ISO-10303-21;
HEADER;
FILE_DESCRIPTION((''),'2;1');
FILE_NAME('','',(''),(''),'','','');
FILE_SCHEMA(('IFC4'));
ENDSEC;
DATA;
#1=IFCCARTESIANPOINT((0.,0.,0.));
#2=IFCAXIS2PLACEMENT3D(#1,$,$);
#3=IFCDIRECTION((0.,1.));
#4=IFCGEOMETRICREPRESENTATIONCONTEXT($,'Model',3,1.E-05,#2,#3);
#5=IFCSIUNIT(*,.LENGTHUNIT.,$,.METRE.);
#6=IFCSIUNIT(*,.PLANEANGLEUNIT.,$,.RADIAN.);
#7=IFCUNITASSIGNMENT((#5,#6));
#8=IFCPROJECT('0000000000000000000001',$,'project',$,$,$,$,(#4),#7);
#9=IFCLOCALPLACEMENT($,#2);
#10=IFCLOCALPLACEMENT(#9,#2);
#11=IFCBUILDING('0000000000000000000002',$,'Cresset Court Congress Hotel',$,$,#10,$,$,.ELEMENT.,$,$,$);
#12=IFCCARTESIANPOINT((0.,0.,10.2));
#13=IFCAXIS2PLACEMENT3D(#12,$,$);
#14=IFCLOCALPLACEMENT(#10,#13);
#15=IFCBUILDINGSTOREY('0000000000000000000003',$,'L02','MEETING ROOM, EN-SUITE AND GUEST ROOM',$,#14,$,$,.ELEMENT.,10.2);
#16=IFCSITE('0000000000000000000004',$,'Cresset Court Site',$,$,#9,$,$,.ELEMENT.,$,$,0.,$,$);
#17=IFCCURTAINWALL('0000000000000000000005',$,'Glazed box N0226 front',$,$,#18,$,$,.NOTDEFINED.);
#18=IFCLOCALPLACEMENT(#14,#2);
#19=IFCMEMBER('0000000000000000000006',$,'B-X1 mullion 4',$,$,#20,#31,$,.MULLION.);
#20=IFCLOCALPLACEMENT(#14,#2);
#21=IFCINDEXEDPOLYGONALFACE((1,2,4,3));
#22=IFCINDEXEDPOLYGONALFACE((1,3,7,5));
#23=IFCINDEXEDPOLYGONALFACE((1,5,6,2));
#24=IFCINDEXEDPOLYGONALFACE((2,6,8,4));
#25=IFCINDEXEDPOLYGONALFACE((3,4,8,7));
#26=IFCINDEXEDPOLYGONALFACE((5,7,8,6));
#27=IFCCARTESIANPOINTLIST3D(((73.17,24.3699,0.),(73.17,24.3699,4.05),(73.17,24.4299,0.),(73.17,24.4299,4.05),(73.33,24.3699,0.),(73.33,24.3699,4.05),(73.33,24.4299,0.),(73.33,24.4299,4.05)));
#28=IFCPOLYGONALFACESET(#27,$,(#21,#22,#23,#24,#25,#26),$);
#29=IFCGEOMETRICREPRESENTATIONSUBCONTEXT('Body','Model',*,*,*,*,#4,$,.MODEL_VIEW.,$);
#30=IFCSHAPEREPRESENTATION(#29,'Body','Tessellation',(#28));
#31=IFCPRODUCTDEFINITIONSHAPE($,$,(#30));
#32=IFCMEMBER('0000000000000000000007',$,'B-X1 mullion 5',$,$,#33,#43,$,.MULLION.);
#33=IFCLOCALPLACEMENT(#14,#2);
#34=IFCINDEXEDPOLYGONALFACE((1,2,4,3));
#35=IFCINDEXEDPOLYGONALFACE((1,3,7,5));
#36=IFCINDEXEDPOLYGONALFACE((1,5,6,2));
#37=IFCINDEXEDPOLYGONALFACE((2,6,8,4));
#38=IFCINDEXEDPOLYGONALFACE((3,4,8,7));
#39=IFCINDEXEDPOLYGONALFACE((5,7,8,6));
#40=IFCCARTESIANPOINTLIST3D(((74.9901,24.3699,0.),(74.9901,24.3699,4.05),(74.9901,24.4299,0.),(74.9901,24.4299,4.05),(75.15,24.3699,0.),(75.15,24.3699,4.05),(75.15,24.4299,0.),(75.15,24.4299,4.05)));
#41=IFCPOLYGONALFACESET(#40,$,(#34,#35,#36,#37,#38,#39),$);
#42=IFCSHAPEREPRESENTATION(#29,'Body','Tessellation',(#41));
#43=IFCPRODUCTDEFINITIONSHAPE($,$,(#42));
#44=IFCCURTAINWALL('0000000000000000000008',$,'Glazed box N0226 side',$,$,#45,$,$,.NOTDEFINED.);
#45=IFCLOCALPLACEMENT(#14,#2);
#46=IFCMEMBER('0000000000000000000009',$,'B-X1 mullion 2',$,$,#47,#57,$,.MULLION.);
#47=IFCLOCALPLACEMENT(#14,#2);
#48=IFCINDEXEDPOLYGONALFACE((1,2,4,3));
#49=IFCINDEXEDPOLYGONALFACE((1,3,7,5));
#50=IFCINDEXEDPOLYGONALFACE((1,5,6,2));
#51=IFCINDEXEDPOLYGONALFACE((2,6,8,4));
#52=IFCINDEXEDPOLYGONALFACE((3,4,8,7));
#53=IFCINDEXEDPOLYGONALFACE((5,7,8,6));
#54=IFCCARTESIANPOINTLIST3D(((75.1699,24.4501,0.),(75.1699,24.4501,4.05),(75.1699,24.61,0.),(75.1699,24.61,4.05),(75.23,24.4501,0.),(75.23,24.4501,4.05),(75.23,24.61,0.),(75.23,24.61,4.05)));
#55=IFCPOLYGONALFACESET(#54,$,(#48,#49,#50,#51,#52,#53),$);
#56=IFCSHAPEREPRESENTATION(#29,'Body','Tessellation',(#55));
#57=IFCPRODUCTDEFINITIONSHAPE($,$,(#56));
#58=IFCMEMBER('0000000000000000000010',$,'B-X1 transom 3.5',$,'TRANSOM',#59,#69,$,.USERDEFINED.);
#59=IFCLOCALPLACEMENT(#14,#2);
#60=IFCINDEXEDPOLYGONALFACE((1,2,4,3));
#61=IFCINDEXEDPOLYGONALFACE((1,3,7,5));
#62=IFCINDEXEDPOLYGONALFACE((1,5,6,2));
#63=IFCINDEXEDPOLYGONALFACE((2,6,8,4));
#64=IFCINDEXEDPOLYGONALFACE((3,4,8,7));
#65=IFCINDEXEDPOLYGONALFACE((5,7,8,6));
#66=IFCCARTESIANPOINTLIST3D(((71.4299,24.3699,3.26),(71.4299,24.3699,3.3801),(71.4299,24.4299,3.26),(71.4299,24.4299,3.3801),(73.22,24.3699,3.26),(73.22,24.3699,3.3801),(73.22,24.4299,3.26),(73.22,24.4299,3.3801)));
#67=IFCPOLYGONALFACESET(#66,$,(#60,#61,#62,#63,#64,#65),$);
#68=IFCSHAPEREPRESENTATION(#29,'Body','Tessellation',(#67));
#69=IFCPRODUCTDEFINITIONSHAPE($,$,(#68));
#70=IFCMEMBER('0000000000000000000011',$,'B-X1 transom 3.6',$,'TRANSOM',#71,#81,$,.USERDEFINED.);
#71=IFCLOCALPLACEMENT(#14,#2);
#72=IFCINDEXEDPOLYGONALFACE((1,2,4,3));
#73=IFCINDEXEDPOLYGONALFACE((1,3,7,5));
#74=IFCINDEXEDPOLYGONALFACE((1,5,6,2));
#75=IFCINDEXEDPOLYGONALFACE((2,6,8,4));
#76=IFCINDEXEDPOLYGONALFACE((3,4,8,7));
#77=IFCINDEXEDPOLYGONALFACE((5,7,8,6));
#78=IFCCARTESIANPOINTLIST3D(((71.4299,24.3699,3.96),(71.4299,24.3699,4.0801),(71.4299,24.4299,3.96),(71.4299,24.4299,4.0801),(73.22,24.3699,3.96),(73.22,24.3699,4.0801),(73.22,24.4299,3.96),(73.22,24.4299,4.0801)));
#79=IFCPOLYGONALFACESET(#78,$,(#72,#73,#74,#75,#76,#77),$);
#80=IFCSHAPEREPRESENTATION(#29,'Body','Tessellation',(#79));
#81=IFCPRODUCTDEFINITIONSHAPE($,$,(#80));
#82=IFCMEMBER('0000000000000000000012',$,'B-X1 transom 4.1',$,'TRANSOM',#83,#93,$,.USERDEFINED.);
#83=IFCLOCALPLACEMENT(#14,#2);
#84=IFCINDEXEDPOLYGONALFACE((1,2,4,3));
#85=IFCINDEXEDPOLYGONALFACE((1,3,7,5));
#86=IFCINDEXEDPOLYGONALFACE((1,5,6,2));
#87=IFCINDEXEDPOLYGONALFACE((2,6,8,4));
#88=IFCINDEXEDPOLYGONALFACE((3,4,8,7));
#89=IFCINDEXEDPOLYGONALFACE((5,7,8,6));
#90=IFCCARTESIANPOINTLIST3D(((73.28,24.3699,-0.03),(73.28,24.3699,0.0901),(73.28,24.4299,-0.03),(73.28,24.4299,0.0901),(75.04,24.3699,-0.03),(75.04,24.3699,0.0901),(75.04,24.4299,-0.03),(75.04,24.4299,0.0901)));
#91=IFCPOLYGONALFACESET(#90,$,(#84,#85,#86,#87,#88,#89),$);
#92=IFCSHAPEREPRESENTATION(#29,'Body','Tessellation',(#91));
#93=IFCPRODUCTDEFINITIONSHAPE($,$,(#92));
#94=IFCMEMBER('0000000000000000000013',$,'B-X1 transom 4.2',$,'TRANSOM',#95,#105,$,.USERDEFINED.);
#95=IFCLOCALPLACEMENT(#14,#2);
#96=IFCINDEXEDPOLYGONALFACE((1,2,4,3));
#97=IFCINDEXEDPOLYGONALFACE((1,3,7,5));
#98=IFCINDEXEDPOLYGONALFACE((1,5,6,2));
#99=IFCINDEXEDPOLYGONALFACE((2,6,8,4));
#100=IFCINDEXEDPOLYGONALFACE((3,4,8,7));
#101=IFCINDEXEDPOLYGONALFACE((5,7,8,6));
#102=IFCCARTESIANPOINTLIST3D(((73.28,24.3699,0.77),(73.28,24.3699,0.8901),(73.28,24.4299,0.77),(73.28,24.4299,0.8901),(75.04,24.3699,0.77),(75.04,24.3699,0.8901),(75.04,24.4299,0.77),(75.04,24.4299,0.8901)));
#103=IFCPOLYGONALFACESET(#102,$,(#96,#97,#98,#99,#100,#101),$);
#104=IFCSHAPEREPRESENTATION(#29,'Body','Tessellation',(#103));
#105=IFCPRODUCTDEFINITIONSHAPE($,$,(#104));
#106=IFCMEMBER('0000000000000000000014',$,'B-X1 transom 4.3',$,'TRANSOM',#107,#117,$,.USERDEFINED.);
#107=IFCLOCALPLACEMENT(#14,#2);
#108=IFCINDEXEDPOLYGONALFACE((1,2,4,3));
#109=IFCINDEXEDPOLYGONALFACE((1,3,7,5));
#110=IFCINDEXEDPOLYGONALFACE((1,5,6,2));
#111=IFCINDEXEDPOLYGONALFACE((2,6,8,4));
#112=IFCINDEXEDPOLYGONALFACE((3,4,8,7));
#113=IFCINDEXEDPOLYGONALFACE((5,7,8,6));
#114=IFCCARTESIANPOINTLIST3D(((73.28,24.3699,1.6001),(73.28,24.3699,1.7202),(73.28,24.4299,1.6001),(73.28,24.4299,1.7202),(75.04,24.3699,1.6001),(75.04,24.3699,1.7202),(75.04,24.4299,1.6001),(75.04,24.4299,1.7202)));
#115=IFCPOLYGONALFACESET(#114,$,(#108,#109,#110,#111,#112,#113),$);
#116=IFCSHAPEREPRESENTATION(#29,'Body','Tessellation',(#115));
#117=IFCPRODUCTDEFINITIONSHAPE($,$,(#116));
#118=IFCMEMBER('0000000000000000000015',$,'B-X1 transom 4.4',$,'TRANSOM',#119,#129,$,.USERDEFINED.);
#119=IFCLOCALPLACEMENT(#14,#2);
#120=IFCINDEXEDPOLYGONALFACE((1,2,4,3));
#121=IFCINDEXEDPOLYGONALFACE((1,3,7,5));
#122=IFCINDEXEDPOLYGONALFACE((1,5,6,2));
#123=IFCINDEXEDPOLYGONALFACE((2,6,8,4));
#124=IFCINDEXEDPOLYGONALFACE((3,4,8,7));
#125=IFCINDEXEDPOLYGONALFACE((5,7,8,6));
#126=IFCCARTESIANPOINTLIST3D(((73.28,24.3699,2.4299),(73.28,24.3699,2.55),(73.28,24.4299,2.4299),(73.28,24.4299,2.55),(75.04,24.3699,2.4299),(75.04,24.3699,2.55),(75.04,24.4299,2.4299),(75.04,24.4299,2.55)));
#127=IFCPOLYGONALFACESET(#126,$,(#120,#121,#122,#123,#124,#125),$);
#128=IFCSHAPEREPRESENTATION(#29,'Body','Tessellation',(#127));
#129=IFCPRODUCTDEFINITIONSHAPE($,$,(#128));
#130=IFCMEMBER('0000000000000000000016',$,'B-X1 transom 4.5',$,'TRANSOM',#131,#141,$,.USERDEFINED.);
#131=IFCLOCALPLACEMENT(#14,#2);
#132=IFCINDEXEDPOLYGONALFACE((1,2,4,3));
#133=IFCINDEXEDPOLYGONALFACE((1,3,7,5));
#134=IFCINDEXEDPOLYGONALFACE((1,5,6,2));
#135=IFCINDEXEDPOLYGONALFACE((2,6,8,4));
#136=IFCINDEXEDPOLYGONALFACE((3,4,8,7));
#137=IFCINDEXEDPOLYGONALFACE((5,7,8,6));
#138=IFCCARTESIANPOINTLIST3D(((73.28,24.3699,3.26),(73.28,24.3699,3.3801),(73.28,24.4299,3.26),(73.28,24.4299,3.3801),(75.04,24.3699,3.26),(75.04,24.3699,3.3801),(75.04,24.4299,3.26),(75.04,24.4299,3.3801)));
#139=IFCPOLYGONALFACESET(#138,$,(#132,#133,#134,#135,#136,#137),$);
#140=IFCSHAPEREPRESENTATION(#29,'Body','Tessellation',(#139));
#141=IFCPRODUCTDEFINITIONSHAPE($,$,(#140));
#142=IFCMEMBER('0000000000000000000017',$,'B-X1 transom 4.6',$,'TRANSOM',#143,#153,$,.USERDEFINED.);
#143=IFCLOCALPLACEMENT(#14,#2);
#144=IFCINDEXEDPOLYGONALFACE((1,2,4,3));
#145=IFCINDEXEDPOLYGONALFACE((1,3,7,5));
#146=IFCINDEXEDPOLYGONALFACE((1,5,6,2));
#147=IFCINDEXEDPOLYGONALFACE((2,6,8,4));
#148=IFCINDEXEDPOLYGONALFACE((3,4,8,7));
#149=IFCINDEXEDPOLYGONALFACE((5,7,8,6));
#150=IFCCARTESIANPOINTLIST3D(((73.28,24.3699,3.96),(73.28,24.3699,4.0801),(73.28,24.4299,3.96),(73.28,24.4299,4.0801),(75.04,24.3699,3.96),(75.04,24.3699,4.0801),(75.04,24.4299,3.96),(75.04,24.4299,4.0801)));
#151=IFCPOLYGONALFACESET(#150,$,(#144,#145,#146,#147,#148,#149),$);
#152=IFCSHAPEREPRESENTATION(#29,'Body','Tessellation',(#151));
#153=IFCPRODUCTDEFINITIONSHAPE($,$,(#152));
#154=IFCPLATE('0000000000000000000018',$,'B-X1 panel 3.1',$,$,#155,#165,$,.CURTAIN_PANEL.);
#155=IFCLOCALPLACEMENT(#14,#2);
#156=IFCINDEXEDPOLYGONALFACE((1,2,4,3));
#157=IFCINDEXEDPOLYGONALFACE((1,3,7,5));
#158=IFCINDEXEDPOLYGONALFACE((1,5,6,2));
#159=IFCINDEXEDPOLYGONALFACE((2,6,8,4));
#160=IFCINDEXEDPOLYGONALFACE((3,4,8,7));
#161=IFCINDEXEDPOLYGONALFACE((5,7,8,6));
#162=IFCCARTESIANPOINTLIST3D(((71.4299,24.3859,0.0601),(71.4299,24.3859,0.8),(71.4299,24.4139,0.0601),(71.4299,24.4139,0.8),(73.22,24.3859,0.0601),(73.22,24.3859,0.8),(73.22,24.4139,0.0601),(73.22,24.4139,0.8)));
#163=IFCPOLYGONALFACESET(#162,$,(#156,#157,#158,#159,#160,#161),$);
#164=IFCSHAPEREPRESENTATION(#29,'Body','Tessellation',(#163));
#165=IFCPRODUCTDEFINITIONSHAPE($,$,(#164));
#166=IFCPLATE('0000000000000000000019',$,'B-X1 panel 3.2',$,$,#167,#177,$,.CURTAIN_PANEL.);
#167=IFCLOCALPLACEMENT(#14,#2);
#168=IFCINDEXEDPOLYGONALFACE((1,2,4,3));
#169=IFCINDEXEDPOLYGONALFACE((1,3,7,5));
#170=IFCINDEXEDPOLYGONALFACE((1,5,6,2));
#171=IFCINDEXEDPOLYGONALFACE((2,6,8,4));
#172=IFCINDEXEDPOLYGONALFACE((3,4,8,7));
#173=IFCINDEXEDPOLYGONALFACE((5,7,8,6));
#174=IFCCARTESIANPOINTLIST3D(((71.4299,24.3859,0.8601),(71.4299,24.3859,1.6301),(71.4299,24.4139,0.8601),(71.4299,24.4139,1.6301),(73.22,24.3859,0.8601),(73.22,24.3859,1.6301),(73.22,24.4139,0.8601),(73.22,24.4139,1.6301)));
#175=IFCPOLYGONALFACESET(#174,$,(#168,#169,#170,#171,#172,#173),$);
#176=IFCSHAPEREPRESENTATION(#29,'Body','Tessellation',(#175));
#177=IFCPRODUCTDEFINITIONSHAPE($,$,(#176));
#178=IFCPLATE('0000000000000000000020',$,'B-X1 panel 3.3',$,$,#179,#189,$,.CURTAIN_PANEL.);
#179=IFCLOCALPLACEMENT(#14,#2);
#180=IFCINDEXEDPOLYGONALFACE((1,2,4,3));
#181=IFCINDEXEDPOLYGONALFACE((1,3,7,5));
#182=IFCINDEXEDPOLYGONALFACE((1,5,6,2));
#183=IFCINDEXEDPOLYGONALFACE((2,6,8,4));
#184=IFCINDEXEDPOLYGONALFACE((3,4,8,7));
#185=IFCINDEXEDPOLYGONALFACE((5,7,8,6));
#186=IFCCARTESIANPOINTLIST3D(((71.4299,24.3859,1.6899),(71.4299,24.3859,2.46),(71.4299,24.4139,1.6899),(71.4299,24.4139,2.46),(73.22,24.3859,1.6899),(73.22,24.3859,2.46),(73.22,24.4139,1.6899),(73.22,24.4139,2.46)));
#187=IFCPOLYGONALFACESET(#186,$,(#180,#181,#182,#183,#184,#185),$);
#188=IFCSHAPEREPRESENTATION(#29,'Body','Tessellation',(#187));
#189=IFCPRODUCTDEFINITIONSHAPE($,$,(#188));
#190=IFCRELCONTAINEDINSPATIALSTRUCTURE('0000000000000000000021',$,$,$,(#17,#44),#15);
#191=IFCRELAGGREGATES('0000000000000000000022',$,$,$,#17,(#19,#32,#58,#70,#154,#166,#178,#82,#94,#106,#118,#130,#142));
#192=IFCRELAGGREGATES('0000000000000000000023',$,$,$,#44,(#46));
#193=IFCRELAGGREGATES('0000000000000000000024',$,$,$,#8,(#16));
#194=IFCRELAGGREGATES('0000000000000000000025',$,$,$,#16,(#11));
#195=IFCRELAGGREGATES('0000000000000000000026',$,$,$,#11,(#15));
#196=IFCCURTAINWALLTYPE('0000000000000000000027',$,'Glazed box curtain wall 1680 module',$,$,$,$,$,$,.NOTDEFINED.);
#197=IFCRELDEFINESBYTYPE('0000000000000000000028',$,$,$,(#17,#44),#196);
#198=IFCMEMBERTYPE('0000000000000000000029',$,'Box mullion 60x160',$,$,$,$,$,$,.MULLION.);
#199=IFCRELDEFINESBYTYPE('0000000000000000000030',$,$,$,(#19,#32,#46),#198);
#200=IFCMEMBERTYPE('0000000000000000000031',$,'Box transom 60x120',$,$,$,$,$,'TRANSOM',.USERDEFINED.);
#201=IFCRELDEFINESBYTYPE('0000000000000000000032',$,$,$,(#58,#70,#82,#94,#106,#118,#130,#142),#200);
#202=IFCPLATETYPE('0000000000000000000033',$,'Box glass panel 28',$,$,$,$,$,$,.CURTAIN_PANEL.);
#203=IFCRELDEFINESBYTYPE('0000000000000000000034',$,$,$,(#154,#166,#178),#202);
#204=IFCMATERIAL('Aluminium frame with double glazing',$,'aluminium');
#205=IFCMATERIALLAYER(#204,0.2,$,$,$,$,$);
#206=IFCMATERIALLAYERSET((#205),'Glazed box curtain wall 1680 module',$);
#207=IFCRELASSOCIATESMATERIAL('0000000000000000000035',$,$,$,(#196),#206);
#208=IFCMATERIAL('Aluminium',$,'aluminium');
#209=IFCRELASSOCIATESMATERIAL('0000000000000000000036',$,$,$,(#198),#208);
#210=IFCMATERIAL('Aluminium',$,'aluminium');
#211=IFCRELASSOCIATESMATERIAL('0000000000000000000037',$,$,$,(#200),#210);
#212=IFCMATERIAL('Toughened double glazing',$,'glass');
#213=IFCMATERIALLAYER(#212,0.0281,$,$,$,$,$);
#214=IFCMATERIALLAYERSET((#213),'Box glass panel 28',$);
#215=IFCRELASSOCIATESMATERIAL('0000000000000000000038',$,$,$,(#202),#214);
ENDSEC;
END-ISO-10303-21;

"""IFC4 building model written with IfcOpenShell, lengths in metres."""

from ifc_helpers import new_model, si_unit, direction, frame, origin, origin_2d, place, context, subcontext, project, spatial, rectangle, extrude, material, layer, layer_set, material_profile, profile_set, type_object, element, aggregate, save


model = new_model("IFC4")

# Units and contexts
model_context = context("Model", 3, precision=1e-05, world=origin(), true_north=direction((0.0, 1.0)))
body_context = subcontext(model_context, "Body", "Model", "MODEL_VIEW")
ifc_project = project(units=[si_unit("LENGTHUNIT", "METRE"), si_unit("PLANEANGLEUNIT", "RADIAN")], contexts=[model_context])

# Site, building, storey
site_placement = place(None, origin())
site = spatial("IfcSite", under=ifc_project, at=site_placement, Name="Cresset Court Site", CompositionType="ELEMENT", RefElevation=0.0)
building_placement = place(site_placement, origin())
building = spatial("IfcBuilding", under=site, at=building_placement, Name="Cresset Court Congress Hotel", CompositionType="ELEMENT")
storey_placement = place(building_placement, frame((0.0, 0.0, 10.2)))
storey = spatial("IfcBuildingStorey", under=building, at=storey_placement, Name="L02", Description="MEETING ROOM, EN-SUITE AND GUEST ROOM", CompositionType="ELEMENT", Elevation=10.2)

# Curtain wall, members
ifc_material_1 = material(Name="Aluminium frame with double glazing", Category="aluminium")
ifc_layer_1 = layer(ifc_material_1, 0.2)
ifc_layer_set_1 = layer_set([ifc_layer_1], Name="Glazed box curtain wall 1680 module")
curtain_wall_type = type_object("IfcCurtainWallType", Name="Glazed box curtain wall 1680 module", PredefinedType="NOTDEFINED", material=ifc_layer_set_1)
curtain_wall_1_placement = place(storey_placement, origin())
curtain_wall_1 = element("IfcCurtainWall", 1, at=curtain_wall_1_placement, inside=storey, type_object=curtain_wall_type, Name="Glazed box N0226 front", PredefinedType="NOTDEFINED")
ifc_material_2 = material(Name="Aluminium", Category="aluminium")
ifc_material_profile_1 = material_profile(ifc_material_2, rectangle(XDim=0.0601, YDim=0.1599, at=origin_2d()), Name="Box mullion 60x160")
ifc_profile_set_1 = profile_set([ifc_material_profile_1], Name="Aluminium")
member_type_1 = type_object("IfcMemberType", Name="Box mullion 60x160", PredefinedType="MULLION", material=ifc_profile_set_1)
member_1_placement = place(storey_placement, frame((73.25, 24.3999, 0.0), z_axis=(0.0, 0.0, 1.0), x_axis=(0.0, 1.0, 0.0)))
member_1 = element("IfcMember", 2, at=member_1_placement, type_object=member_type_1, Name="B-X1 mullion 4", PredefinedType="MULLION", context=body_context, shape_type="SweptSolid", body=[
    extrude(rectangle(XDim=0.0601, YDim=0.1599, at=origin_2d()), origin(), (0.0, 0.0, 1.0), 4.05),
])
member_2_placement = place(storey_placement, frame((75.0701, 24.3999, 0.0), z_axis=(0.0, 0.0, 1.0), x_axis=(0.0, 1.0, 0.0)))
member_2 = element("IfcMember", 3, at=member_2_placement, type_object=member_type_1, Name="B-X1 mullion 5", PredefinedType="MULLION", context=body_context, shape_type="SweptSolid", body=[
    extrude(rectangle(XDim=0.0601, YDim=0.1599, at=origin_2d()), origin(), (0.0, 0.0, 1.0), 4.05),
])

# Curtain wall, member
curtain_wall_2_placement = place(storey_placement, origin())
curtain_wall_2 = element("IfcCurtainWall", 4, at=curtain_wall_2_placement, inside=storey, type_object=curtain_wall_type, Name="Glazed box N0226 side", PredefinedType="NOTDEFINED")
member_3_placement = place(storey_placement, frame((75.2, 24.53, 0.0), z_axis=(0.0, 0.0, 1.0), x_axis=(1.0, 0.0, 0.0)))
member_3 = element("IfcMember", 5, at=member_3_placement, type_object=member_type_1, Name="B-X1 mullion 2", PredefinedType="MULLION", context=body_context, shape_type="SweptSolid", body=[
    extrude(rectangle(XDim=0.0601, YDim=0.1599, at=origin_2d()), origin(), (0.0, 0.0, 1.0), 4.05),
])

# Members
ifc_material_3 = material(Name="Aluminium", Category="aluminium")
ifc_material_profile_2 = material_profile(ifc_material_3, rectangle(XDim=0.0601, YDim=0.1201, at=origin_2d()), Name="Box transom 60x120")
ifc_profile_set_2 = profile_set([ifc_material_profile_2], Name="Aluminium")
member_type_2 = type_object("IfcMemberType", Name="Box transom 60x120", ElementType="TRANSOM", PredefinedType="USERDEFINED", material=ifc_profile_set_2)
member_4_placement = place(storey_placement, frame((71.4299, 24.3999, 3.3201), z_axis=(1.0, 0.0, 0.0), x_axis=(0.0, 1.0, 0.0)))
member_4 = element("IfcMember", 6, at=member_4_placement, type_object=member_type_2, Name="B-X1 transom 3.5", ObjectType="TRANSOM", PredefinedType="USERDEFINED", context=body_context, shape_type="SweptSolid", body=[
    extrude(rectangle(XDim=0.0601, YDim=0.1201, at=origin_2d()), origin(), (0.0, 0.0, 1.0), 1.79),
])
member_5_placement = place(storey_placement, frame((71.4299, 24.3999, 4.02), z_axis=(1.0, 0.0, 0.0), x_axis=(0.0, 1.0, 0.0)))
member_5 = element("IfcMember", 7, at=member_5_placement, type_object=member_type_2, Name="B-X1 transom 3.6", ObjectType="TRANSOM", PredefinedType="USERDEFINED", context=body_context, shape_type="SweptSolid", body=[
    extrude(rectangle(XDim=0.0601, YDim=0.1201, at=origin_2d()), origin(), (0.0, 0.0, 1.0), 1.79),
])
member_6_placement = place(storey_placement, frame((73.28, 24.3999, 0.03), z_axis=(1.0, 0.0, 0.0), x_axis=(0.0, 1.0, 0.0)))
member_6 = element("IfcMember", 8, at=member_6_placement, type_object=member_type_2, Name="B-X1 transom 4.1", ObjectType="TRANSOM", PredefinedType="USERDEFINED", context=body_context, shape_type="SweptSolid", body=[
    extrude(rectangle(XDim=0.0601, YDim=0.1201, at=origin_2d()), origin(), (0.0, 0.0, 1.0), 1.76),
])
member_7_placement = place(storey_placement, frame((73.28, 24.3999, 0.8301), z_axis=(1.0, 0.0, 0.0), x_axis=(0.0, 1.0, 0.0)))
member_7 = element("IfcMember", 9, at=member_7_placement, type_object=member_type_2, Name="B-X1 transom 4.2", ObjectType="TRANSOM", PredefinedType="USERDEFINED", context=body_context, shape_type="SweptSolid", body=[
    extrude(rectangle(XDim=0.0601, YDim=0.1201, at=origin_2d()), origin(), (0.0, 0.0, 1.0), 1.76),
])
member_8_placement = place(storey_placement, frame((73.28, 24.3999, 1.6602), z_axis=(1.0, 0.0, 0.0), x_axis=(0.0, 1.0, 0.0)))
member_8 = element("IfcMember", 10, at=member_8_placement, type_object=member_type_2, Name="B-X1 transom 4.3", ObjectType="TRANSOM", PredefinedType="USERDEFINED", context=body_context, shape_type="SweptSolid", body=[
    extrude(rectangle(XDim=0.0601, YDim=0.1201, at=origin_2d()), origin(), (0.0, 0.0, 1.0), 1.76),
])
member_9_placement = place(storey_placement, frame((73.28, 24.3999, 2.49), z_axis=(1.0, 0.0, 0.0), x_axis=(0.0, 1.0, 0.0)))
member_9 = element("IfcMember", 11, at=member_9_placement, type_object=member_type_2, Name="B-X1 transom 4.4", ObjectType="TRANSOM", PredefinedType="USERDEFINED", context=body_context, shape_type="SweptSolid", body=[
    extrude(rectangle(XDim=0.0601, YDim=0.1201, at=origin_2d()), origin(), (0.0, 0.0, 1.0), 1.76),
])
member_10_placement = place(storey_placement, frame((73.28, 24.3999, 3.3201), z_axis=(1.0, 0.0, 0.0), x_axis=(0.0, 1.0, 0.0)))
member_10 = element("IfcMember", 12, at=member_10_placement, type_object=member_type_2, Name="B-X1 transom 4.5", ObjectType="TRANSOM", PredefinedType="USERDEFINED", context=body_context, shape_type="SweptSolid", body=[
    extrude(rectangle(XDim=0.0601, YDim=0.1201, at=origin_2d()), origin(), (0.0, 0.0, 1.0), 1.76),
])
member_11_placement = place(storey_placement, frame((73.28, 24.3999, 4.02), z_axis=(1.0, 0.0, 0.0), x_axis=(0.0, 1.0, 0.0)))
member_11 = element("IfcMember", 13, at=member_11_placement, type_object=member_type_2, Name="B-X1 transom 4.6", ObjectType="TRANSOM", PredefinedType="USERDEFINED", context=body_context, shape_type="SweptSolid", body=[
    extrude(rectangle(XDim=0.0601, YDim=0.1201, at=origin_2d()), origin(), (0.0, 0.0, 1.0), 1.76),
])

# Plates
ifc_material_4 = material(Name="Toughened double glazing", Category="glass")
ifc_layer_2 = layer(ifc_material_4, 0.0281)
ifc_layer_set_2 = layer_set([ifc_layer_2], Name="Box glass panel 28")
plate_type_1 = type_object("IfcPlateType", Name="Box glass panel 28", PredefinedType="CURTAIN_PANEL", material=ifc_layer_set_2)
plate_1_placement = place(storey_placement, frame((72.325, 24.3999, 0.0601), z_axis=(0.0, 0.0, 1.0), x_axis=(1.0, 0.0, 0.0)))
plate_1 = element("IfcPlate", 14, at=plate_1_placement, type_object=plate_type_1, Name="B-X1 panel 3.1", PredefinedType="CURTAIN_PANEL", context=body_context, shape_type="SweptSolid", body=[
    extrude(rectangle(XDim=1.79, YDim=0.0281, at=origin_2d()), origin(), (0.0, 0.0, 1.0), 0.74),
])
plate_2_placement = place(storey_placement, frame((72.325, 24.3999, 0.8601), z_axis=(0.0, 0.0, 1.0), x_axis=(1.0, 0.0, 0.0)))
plate_2 = element("IfcPlate", 15, at=plate_2_placement, type_object=plate_type_1, Name="B-X1 panel 3.2", PredefinedType="CURTAIN_PANEL", context=body_context, shape_type="SweptSolid", body=[
    extrude(rectangle(XDim=1.79, YDim=0.0281, at=origin_2d()), origin(), (0.0, 0.0, 1.0), 0.77),
])
plate_3_placement = place(storey_placement, frame((72.325, 24.3999, 1.6899), z_axis=(0.0, 0.0, 1.0), x_axis=(1.0, 0.0, 0.0)))
plate_3 = element("IfcPlate", 16, at=plate_3_placement, type_object=plate_type_1, Name="B-X1 panel 3.3", PredefinedType="CURTAIN_PANEL", context=body_context, shape_type="SweptSolid", body=[
    extrude(rectangle(XDim=1.79, YDim=0.0281, at=origin_2d()), origin(), (0.0, 0.0, 1.0), 0.77),
])
aggregate(curtain_wall_1, [member_1, member_2, member_4, member_5, plate_1, plate_2, plate_3, member_6, member_7, member_8, member_9, member_10, member_11])
aggregate(curtain_wall_2, [member_3])

save(model, "model.ifc")
